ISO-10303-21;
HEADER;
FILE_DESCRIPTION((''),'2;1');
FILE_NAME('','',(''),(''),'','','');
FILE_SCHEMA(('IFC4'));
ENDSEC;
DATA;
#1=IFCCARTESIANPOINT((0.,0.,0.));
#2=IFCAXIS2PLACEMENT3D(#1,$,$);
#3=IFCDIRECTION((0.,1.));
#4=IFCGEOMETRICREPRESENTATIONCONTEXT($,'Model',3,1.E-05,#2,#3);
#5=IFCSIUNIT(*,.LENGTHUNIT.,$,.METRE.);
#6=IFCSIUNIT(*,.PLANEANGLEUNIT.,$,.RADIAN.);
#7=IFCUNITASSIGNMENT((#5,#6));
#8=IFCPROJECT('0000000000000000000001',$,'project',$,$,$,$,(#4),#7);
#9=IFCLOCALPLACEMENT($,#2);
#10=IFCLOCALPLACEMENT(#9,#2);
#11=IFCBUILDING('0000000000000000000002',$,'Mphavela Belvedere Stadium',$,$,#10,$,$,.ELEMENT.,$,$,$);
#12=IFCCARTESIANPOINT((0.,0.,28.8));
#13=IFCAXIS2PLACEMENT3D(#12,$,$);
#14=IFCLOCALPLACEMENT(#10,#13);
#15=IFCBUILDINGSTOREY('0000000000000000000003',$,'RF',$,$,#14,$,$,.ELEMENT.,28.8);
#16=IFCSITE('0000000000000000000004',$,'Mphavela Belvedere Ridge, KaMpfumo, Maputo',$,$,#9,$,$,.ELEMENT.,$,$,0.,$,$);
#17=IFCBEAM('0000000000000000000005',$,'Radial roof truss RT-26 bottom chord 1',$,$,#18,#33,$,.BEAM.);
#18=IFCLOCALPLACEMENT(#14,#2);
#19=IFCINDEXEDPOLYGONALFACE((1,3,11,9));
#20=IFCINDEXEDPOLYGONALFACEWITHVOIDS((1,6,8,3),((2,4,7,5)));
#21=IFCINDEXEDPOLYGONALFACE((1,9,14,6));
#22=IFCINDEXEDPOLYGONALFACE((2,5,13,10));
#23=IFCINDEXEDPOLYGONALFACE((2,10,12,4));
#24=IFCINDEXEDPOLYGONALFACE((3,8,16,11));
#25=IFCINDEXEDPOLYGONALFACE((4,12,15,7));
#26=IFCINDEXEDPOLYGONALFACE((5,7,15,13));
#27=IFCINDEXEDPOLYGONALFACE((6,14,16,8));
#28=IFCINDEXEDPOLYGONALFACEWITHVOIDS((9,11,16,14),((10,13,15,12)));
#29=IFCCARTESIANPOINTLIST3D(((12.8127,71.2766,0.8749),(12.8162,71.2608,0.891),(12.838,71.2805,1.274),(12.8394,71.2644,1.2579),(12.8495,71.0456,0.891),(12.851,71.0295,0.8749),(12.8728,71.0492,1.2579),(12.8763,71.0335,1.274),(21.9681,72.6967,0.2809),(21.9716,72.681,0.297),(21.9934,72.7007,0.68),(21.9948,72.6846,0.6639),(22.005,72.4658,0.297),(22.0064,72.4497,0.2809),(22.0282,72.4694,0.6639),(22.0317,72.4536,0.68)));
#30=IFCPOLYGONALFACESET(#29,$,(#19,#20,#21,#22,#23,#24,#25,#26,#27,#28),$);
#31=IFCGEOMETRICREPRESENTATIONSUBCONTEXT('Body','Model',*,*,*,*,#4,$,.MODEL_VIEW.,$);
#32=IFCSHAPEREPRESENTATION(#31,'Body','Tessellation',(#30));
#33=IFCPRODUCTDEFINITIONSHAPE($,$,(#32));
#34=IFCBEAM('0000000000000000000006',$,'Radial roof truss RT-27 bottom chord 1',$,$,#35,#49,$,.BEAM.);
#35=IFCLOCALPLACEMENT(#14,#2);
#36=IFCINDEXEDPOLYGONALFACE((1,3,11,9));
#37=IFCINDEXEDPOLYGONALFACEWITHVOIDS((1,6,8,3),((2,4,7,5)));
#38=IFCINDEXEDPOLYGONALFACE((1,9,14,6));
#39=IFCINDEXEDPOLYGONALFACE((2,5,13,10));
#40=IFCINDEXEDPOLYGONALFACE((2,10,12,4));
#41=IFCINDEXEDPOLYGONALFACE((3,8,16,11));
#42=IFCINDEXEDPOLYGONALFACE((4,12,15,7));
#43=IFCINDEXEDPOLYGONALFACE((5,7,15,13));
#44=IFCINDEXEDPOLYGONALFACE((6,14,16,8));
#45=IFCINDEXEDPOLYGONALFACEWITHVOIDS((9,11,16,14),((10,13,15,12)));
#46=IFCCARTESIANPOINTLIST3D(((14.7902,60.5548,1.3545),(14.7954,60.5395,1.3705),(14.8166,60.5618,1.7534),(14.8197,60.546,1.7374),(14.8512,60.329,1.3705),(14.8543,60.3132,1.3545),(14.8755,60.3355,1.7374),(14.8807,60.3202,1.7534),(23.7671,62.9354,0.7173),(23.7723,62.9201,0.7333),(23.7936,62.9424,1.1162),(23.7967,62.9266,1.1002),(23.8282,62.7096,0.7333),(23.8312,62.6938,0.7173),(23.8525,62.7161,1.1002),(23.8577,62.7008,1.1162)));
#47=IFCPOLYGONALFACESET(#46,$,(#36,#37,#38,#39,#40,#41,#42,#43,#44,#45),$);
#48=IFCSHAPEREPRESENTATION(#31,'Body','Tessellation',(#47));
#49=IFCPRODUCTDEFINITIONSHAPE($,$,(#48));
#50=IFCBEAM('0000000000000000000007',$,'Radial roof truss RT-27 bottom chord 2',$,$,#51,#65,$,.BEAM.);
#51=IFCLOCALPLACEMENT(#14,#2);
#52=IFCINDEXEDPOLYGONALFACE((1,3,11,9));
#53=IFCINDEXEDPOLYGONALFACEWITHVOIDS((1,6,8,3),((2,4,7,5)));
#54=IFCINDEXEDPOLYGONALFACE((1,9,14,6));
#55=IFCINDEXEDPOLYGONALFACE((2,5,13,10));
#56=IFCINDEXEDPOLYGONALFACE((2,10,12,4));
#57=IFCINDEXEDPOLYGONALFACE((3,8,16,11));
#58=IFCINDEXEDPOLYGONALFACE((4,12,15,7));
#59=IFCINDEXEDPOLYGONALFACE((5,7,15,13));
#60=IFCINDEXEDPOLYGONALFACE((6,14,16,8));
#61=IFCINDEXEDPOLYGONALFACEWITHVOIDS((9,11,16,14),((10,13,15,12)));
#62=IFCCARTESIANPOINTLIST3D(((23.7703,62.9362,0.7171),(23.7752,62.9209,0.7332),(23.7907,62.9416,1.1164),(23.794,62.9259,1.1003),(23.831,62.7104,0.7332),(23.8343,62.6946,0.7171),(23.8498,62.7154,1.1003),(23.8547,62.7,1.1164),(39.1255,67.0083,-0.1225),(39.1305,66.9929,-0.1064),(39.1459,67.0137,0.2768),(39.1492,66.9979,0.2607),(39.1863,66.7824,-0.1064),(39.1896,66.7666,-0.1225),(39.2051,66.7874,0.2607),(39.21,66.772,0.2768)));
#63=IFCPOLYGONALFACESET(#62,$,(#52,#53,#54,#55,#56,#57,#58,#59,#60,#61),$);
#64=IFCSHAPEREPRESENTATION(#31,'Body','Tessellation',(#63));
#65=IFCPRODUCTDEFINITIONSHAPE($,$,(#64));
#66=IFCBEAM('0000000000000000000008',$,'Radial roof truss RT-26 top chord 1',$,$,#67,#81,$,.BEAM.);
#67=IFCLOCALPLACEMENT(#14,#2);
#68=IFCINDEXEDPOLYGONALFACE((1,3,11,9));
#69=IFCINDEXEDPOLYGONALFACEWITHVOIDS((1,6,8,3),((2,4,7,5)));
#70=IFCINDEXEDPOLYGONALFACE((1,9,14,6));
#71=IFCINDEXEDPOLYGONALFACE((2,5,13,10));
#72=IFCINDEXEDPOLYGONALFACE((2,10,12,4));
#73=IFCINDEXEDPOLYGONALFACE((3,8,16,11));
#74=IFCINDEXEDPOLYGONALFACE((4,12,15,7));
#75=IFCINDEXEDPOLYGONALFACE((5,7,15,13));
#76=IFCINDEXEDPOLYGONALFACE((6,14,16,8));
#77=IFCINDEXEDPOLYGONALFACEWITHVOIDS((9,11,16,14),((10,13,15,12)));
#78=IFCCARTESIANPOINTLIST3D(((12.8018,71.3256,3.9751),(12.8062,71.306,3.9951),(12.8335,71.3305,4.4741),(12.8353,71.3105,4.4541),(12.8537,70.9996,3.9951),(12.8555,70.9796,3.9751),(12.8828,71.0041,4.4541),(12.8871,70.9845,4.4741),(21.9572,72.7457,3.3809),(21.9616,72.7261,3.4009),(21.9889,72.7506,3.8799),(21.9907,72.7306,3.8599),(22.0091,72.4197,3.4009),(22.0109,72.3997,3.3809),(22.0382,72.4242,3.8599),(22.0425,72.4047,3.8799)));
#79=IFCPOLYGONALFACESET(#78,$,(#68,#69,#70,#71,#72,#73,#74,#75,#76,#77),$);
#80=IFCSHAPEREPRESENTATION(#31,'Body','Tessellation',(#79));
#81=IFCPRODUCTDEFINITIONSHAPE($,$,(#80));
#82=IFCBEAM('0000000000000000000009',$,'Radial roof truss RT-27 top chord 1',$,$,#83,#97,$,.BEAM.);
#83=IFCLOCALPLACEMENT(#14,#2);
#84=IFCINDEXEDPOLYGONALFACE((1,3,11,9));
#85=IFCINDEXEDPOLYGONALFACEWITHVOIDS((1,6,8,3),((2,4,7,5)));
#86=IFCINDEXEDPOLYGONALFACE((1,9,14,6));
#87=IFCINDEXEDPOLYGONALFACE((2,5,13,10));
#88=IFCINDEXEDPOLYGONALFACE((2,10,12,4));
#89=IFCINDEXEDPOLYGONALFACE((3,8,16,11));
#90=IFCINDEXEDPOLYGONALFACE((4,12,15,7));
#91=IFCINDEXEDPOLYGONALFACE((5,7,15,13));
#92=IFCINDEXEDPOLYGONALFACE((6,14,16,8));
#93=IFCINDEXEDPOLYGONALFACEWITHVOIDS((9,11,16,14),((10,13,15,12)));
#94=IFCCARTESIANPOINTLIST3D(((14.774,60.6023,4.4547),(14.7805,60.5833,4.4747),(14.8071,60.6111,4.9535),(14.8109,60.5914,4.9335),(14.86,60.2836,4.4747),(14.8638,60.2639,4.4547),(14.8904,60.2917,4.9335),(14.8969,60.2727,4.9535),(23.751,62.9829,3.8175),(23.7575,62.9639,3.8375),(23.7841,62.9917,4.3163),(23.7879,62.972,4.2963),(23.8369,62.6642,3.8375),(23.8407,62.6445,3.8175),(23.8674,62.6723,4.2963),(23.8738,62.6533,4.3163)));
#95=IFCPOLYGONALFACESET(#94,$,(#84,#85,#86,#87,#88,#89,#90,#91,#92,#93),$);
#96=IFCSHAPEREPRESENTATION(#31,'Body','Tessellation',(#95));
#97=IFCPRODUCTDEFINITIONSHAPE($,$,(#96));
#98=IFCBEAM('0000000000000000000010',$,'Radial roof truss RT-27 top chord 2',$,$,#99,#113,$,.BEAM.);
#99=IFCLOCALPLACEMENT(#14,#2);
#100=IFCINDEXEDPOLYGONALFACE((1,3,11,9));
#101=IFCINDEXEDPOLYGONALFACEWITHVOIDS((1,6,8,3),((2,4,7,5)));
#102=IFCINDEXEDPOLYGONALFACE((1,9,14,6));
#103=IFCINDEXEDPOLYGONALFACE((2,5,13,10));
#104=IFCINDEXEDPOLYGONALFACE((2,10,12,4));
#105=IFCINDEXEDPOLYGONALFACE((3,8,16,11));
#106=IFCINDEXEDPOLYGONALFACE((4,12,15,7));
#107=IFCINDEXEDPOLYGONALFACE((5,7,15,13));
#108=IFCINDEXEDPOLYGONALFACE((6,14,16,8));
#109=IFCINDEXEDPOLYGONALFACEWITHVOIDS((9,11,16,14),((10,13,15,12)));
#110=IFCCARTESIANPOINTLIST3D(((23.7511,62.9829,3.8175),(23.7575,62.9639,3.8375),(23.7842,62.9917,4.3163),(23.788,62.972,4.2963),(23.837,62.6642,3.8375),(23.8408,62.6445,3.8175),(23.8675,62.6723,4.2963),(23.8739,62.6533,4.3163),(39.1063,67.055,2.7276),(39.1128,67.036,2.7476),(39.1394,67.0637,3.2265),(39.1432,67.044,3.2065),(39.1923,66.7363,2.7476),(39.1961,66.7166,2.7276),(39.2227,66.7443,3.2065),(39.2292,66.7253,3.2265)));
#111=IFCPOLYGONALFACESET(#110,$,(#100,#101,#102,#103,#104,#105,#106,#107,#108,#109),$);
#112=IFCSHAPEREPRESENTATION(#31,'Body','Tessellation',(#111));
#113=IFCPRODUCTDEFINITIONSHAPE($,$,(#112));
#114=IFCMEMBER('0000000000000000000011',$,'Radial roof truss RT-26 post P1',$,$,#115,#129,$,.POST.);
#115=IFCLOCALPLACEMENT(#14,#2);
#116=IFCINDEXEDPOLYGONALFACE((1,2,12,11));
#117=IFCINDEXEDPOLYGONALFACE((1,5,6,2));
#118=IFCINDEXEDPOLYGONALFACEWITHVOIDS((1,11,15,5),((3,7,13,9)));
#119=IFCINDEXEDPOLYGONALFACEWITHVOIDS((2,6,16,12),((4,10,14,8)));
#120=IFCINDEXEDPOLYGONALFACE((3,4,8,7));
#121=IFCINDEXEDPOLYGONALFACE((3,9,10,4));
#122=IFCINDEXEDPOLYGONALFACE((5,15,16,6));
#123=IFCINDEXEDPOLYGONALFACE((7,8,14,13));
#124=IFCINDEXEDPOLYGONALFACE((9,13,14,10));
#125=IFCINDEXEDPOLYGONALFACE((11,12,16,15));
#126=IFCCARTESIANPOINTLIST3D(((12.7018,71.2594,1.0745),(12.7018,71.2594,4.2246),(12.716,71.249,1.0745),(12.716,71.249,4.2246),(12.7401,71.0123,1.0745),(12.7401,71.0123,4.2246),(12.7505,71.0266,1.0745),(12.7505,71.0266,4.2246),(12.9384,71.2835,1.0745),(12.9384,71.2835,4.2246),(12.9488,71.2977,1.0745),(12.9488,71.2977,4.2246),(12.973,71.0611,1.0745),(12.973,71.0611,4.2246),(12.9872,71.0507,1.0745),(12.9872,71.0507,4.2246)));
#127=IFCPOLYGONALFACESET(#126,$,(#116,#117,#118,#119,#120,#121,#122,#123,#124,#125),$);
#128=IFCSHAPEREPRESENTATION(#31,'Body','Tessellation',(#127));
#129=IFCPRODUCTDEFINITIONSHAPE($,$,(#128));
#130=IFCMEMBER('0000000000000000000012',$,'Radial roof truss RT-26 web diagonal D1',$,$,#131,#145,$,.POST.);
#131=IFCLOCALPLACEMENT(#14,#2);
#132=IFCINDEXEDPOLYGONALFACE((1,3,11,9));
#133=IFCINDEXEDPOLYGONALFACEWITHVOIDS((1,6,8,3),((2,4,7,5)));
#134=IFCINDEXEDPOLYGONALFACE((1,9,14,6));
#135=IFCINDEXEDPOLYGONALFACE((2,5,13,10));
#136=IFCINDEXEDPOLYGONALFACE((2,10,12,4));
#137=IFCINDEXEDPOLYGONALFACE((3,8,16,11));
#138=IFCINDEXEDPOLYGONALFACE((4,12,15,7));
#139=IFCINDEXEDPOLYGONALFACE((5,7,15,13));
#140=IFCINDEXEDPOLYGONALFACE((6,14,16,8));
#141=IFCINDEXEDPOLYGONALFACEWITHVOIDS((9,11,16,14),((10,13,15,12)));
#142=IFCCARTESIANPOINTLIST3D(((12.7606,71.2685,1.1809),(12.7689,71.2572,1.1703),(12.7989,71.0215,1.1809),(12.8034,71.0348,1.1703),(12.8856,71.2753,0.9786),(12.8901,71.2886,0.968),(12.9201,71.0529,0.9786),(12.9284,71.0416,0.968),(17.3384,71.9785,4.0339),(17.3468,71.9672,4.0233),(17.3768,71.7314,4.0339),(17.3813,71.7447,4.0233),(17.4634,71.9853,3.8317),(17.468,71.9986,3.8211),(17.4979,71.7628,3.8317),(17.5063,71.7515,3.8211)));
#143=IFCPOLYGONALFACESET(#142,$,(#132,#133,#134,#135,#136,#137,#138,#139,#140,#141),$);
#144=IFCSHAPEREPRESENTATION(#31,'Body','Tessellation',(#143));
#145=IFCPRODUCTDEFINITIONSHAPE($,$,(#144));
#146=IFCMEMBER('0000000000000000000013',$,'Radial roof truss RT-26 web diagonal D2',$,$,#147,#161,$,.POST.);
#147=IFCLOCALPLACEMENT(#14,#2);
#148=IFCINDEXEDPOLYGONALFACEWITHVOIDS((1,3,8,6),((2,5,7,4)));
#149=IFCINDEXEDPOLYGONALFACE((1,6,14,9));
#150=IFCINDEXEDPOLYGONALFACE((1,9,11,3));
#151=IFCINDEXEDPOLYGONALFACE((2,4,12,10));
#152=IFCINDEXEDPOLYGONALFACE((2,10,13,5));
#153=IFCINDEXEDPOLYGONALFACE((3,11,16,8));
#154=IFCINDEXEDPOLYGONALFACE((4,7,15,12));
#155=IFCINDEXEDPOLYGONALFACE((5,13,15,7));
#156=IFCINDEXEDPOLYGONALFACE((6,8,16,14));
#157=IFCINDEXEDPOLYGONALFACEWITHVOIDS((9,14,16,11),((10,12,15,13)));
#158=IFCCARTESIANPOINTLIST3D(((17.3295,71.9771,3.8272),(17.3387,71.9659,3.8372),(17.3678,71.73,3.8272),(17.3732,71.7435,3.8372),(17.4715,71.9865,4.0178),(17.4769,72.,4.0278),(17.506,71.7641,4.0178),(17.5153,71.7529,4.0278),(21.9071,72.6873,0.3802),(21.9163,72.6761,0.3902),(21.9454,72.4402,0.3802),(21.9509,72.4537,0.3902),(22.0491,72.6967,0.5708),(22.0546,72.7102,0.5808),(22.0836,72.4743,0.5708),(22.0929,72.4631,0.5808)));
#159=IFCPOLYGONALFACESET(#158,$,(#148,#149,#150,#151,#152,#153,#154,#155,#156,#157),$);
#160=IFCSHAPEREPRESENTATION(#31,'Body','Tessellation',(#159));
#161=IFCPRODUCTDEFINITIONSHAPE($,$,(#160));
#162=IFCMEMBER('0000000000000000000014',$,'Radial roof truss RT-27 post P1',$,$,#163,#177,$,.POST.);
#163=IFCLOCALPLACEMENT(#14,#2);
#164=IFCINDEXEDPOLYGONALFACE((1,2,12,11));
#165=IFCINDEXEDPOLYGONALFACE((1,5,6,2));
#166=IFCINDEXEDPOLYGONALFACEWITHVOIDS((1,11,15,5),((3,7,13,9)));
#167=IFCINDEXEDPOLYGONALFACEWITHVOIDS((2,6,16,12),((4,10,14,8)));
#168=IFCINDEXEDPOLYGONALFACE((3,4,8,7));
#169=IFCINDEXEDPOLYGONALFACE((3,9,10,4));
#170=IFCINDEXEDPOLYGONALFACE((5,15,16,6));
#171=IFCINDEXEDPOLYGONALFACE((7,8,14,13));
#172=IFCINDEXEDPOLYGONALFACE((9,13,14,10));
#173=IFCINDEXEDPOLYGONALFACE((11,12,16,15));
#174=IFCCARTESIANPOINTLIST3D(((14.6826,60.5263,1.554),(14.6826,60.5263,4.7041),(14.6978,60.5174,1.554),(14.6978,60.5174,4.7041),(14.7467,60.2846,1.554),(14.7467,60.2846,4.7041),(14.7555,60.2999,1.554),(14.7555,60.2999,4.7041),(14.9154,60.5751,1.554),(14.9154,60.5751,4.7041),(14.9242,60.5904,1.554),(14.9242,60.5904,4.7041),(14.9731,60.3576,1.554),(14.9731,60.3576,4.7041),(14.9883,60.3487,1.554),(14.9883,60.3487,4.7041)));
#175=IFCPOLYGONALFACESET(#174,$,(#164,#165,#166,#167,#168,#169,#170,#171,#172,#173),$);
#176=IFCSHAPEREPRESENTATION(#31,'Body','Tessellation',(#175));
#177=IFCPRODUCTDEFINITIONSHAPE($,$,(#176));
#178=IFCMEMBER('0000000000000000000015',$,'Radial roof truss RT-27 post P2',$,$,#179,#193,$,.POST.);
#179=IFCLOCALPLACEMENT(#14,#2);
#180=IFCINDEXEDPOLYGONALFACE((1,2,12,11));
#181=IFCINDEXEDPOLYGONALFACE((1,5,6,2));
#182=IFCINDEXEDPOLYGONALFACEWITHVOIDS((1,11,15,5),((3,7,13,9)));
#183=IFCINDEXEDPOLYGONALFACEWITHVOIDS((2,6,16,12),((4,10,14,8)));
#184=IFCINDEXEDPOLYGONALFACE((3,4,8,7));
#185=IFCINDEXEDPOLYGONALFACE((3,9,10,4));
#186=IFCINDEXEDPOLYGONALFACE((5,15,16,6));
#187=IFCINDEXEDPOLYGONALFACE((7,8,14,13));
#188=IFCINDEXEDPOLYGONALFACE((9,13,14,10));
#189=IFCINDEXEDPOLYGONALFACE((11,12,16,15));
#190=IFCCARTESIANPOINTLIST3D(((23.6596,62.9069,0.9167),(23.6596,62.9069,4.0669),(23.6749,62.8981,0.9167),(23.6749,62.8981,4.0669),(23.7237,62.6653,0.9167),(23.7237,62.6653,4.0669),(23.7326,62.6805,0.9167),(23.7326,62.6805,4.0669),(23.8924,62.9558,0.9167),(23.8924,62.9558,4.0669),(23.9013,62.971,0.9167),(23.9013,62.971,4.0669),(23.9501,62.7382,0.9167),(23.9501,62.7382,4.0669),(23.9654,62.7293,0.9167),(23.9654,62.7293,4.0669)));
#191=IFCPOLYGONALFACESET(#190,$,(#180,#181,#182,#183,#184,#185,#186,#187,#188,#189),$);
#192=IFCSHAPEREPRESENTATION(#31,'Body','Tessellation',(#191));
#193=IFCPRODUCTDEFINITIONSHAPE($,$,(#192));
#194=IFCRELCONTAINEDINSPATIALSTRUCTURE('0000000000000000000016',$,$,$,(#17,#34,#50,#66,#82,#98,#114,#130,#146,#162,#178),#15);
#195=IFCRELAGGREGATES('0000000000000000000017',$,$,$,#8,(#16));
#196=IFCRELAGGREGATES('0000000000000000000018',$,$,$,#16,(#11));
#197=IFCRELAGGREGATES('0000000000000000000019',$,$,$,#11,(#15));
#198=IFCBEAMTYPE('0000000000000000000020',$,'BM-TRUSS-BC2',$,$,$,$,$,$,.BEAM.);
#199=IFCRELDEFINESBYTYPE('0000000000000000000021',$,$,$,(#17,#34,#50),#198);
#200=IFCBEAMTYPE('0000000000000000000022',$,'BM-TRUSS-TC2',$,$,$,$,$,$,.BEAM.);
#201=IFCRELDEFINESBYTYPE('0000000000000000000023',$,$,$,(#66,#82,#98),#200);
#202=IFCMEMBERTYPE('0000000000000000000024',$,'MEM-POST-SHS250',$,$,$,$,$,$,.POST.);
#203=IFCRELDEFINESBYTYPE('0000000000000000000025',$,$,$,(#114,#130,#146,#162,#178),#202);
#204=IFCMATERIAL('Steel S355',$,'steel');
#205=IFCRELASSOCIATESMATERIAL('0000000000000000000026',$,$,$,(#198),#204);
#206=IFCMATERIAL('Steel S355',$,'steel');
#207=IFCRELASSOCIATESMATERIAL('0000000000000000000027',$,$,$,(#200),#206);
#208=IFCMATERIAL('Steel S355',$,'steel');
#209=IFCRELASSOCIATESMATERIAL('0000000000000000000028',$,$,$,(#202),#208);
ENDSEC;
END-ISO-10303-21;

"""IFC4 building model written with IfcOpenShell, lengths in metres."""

from ifc_helpers import new_model, si_unit, direction, frame, origin, origin_2d, place, context, subcontext, project, spatial, hollow_rectangle, extrude, material, material_profile, profile_set, type_object, element, save


model = new_model("IFC4")

# Units and contexts
model_context = context("Model", 3, precision=1e-05, world=origin(), true_north=direction((0.0, 1.0)))
body_context = subcontext(model_context, "Body", "Model", "MODEL_VIEW")
ifc_project = project(units=[si_unit("LENGTHUNIT", "METRE"), si_unit("PLANEANGLEUNIT", "RADIAN")], contexts=[model_context])

# Site, building, storey
site_placement = place(None, origin())
site = spatial("IfcSite", under=ifc_project, at=site_placement, Name="Mphavela Belvedere Ridge, KaMpfumo, Maputo", CompositionType="ELEMENT", RefElevation=0.0)
building_placement = place(site_placement, origin())
building = spatial("IfcBuilding", under=site, at=building_placement, Name="Mphavela Belvedere Stadium", CompositionType="ELEMENT")
storey_placement = place(building_placement, frame((0.0, 0.0, 28.8)))
storey = spatial("IfcBuildingStorey", under=building, at=storey_placement, Name="RF", CompositionType="ELEMENT", Elevation=28.8)

# Beams
ifc_material_1 = material(Name="Steel S355", Category="steel")
ifc_material_profile_1 = material_profile(ifc_material_1, hollow_rectangle(XDim=0.25, YDim=0.3999, WallThickness=0.0161, at=origin_2d()), Name="RHS 400x250x16")
ifc_profile_set_1 = profile_set([ifc_material_profile_1], Name="Steel S355")
beam_type_1 = type_object("IfcBeamType", Name="BM-TRUSS-BC2", PredefinedType="BEAM", material=ifc_profile_set_1)
beam_1_placement = place(storey_placement, frame((12.8445, 71.155, 1.0745), z_axis=(0.986158, 0.152969, -0.06398), x_axis=(-0.153283, 0.988182, 0.0)))
element("IfcBeam", 1, at=beam_1_placement, inside=storey, type_object=beam_type_1, Name="Radial roof truss RT-26 bottom chord 1", PredefinedType="BEAM", context=body_context, shape_type="SweptSolid", body=[
    extrude(hollow_rectangle(XDim=0.25, YDim=0.3999, WallThickness=0.0161, at=origin_2d()), origin(), (0.0, 0.0, 1.0), 9.2839),
])
beam_2_placement = place(storey_placement, frame((14.8354, 60.4375, 1.554), z_axis=(0.964323, 0.255728, -0.068449), x_axis=(-0.256329, 0.96659, 0.0)))
element("IfcBeam", 2, at=beam_2_placement, inside=storey, type_object=beam_type_1, Name="Radial roof truss RT-27 bottom chord 1", PredefinedType="BEAM", context=body_context, shape_type="SweptSolid", body=[
    extrude(hollow_rectangle(XDim=0.25, YDim=0.3999, WallThickness=0.0161, at=origin_2d()), origin(), (0.0, 0.0, 1.0), 9.3091),
])
beam_3_placement = place(storey_placement, frame((23.8125, 62.8181, 0.9167), z_axis=(0.965243, 0.255971, -0.052778), x_axis=(-0.256328, 0.96659, 0.0)))
element("IfcBeam", 3, at=beam_3_placement, inside=storey, type_object=beam_type_1, Name="Radial roof truss RT-27 bottom chord 2", PredefinedType="BEAM", context=body_context, shape_type="SweptSolid", body=[
    extrude(hollow_rectangle(XDim=0.25, YDim=0.3999, WallThickness=0.0161, at=origin_2d()), origin(), (0.0, 0.0, 1.0), 15.9082),
])
ifc_material_2 = material(Name="Steel S355", Category="steel")
ifc_material_profile_2 = material_profile(ifc_material_2, hollow_rectangle(XDim=0.3501, YDim=0.5, WallThickness=0.02, at=origin_2d()), Name="RHS 500x350x20")
ifc_profile_set_2 = profile_set([ifc_material_profile_2], Name="Steel S355")
beam_type_2 = type_object("IfcBeamType", Name="BM-TRUSS-TC2", PredefinedType="BEAM", material=ifc_profile_set_2)
beam_4_placement = place(storey_placement, frame((12.8445, 71.155, 4.2246), z_axis=(0.986156, 0.152968, -0.064006), x_axis=(-0.153283, 0.988182, 0.0)))
element("IfcBeam", 4, at=beam_4_placement, inside=storey, type_object=beam_type_2, Name="Radial roof truss RT-26 top chord 1", PredefinedType="BEAM", context=body_context, shape_type="SweptSolid", body=[
    extrude(hollow_rectangle(XDim=0.3501, YDim=0.5, WallThickness=0.02, at=origin_2d()), origin(), (0.0, 0.0, 1.0), 9.2839),
])
beam_5_placement = place(storey_placement, frame((14.8354, 60.4375, 4.7041), z_axis=(0.964323, 0.255728, -0.068449), x_axis=(-0.256329, 0.96659, 0.0)))
element("IfcBeam", 5, at=beam_5_placement, inside=storey, type_object=beam_type_2, Name="Radial roof truss RT-27 top chord 1", PredefinedType="BEAM", context=body_context, shape_type="SweptSolid", body=[
    extrude(hollow_rectangle(XDim=0.3501, YDim=0.5, WallThickness=0.02, at=origin_2d()), origin(), (0.0, 0.0, 1.0), 9.3091),
])
beam_6_placement = place(storey_placement, frame((23.8125, 62.8181, 4.0669), z_axis=(0.964323, 0.255727, -0.068443), x_axis=(-0.256328, 0.96659, 0.0)))
element("IfcBeam", 6, at=beam_6_placement, inside=storey, type_object=beam_type_2, Name="Radial roof truss RT-27 top chord 2", PredefinedType="BEAM", context=body_context, shape_type="SweptSolid", body=[
    extrude(hollow_rectangle(XDim=0.3501, YDim=0.5, WallThickness=0.02, at=origin_2d()), origin(), (0.0, 0.0, 1.0), 15.9233),
])

# Members
ifc_material_3 = material(Name="Steel S355", Category="steel")
ifc_material_profile_3 = material_profile(ifc_material_3, hollow_rectangle(XDim=0.25, YDim=0.25, WallThickness=0.0125, at=origin_2d()), Name="SHS 250x250x12.5")
ifc_profile_set_3 = profile_set([ifc_material_profile_3], Name="Steel S355")
member_type = type_object("IfcMemberType", Name="MEM-POST-SHS250", PredefinedType="POST", material=ifc_profile_set_3)
member_1_placement = place(storey_placement, frame((12.8445, 71.155, 1.0745), z_axis=(0.0, 0.0, 1.0), x_axis=(-0.988175, -0.153331, 0.0)))
element("IfcMember", 7, at=member_1_placement, inside=storey, type_object=member_type, Name="Radial roof truss RT-26 post P1", PredefinedType="POST", context=body_context, shape_type="SweptSolid", body=[
    extrude(hollow_rectangle(XDim=0.25, YDim=0.25, WallThickness=0.0125, at=origin_2d()), origin(), (0.0, 0.0, 1.0), 3.1501),
])
member_2_placement = place(storey_placement, frame((12.8445, 71.155, 1.0745), z_axis=(0.84142, 0.130492, 0.52439), x_axis=(-0.153253, 0.988187, 0.0)))
element("IfcMember", 8, at=member_2_placement, inside=storey, type_object=member_type, Name="Radial roof truss RT-26 web diagonal D1", PredefinedType="POST", context=body_context, shape_type="SweptSolid", body=[
    extrude(hollow_rectangle(XDim=0.25, YDim=0.25, WallThickness=0.0125, at=origin_2d()), origin(), (0.0, 0.0, 1.0), 5.4407),
])
member_3_placement = place(storey_placement, frame((17.4224, 71.865, 3.9275), z_axis=(0.792778, 0.122997, -0.596972), x_axis=(-0.153312, 0.988178, 0.0)))
element("IfcMember", 9, at=member_3_placement, inside=storey, type_object=member_type, Name="Radial roof truss RT-26 web diagonal D2", PredefinedType="POST", context=body_context, shape_type="SweptSolid", body=[
    extrude(hollow_rectangle(XDim=0.25, YDim=0.25, WallThickness=0.0125, at=origin_2d()), origin(), (0.0, 0.0, 1.0), 5.7742),
])
for number, where, z_axis, x_axis, name in (
    (10, (14.8354, 60.4375, 1.554), (0.0, 0.0, 1.0), (-0.9666, -0.256289, 0.0), "Radial roof truss RT-27 post P1"),
    (11, (23.8125, 62.8181, 0.9167), (0.0, 0.0, 1.0), (-0.9666, -0.256289, 0.0), "Radial roof truss RT-27 post P2"),
):
    element("IfcMember", number, at=place(storey_placement, frame(where, z_axis=z_axis, x_axis=x_axis)), inside=storey, type_object=member_type, Name=name, PredefinedType="POST", context=body_context, shape_type="SweptSolid", body=[
        extrude(hollow_rectangle(XDim=0.25, YDim=0.25, WallThickness=0.0125, at=origin_2d()), origin(), (0.0, 0.0, 1.0), 3.1501),
    ])

save(model, "model.ifc")
